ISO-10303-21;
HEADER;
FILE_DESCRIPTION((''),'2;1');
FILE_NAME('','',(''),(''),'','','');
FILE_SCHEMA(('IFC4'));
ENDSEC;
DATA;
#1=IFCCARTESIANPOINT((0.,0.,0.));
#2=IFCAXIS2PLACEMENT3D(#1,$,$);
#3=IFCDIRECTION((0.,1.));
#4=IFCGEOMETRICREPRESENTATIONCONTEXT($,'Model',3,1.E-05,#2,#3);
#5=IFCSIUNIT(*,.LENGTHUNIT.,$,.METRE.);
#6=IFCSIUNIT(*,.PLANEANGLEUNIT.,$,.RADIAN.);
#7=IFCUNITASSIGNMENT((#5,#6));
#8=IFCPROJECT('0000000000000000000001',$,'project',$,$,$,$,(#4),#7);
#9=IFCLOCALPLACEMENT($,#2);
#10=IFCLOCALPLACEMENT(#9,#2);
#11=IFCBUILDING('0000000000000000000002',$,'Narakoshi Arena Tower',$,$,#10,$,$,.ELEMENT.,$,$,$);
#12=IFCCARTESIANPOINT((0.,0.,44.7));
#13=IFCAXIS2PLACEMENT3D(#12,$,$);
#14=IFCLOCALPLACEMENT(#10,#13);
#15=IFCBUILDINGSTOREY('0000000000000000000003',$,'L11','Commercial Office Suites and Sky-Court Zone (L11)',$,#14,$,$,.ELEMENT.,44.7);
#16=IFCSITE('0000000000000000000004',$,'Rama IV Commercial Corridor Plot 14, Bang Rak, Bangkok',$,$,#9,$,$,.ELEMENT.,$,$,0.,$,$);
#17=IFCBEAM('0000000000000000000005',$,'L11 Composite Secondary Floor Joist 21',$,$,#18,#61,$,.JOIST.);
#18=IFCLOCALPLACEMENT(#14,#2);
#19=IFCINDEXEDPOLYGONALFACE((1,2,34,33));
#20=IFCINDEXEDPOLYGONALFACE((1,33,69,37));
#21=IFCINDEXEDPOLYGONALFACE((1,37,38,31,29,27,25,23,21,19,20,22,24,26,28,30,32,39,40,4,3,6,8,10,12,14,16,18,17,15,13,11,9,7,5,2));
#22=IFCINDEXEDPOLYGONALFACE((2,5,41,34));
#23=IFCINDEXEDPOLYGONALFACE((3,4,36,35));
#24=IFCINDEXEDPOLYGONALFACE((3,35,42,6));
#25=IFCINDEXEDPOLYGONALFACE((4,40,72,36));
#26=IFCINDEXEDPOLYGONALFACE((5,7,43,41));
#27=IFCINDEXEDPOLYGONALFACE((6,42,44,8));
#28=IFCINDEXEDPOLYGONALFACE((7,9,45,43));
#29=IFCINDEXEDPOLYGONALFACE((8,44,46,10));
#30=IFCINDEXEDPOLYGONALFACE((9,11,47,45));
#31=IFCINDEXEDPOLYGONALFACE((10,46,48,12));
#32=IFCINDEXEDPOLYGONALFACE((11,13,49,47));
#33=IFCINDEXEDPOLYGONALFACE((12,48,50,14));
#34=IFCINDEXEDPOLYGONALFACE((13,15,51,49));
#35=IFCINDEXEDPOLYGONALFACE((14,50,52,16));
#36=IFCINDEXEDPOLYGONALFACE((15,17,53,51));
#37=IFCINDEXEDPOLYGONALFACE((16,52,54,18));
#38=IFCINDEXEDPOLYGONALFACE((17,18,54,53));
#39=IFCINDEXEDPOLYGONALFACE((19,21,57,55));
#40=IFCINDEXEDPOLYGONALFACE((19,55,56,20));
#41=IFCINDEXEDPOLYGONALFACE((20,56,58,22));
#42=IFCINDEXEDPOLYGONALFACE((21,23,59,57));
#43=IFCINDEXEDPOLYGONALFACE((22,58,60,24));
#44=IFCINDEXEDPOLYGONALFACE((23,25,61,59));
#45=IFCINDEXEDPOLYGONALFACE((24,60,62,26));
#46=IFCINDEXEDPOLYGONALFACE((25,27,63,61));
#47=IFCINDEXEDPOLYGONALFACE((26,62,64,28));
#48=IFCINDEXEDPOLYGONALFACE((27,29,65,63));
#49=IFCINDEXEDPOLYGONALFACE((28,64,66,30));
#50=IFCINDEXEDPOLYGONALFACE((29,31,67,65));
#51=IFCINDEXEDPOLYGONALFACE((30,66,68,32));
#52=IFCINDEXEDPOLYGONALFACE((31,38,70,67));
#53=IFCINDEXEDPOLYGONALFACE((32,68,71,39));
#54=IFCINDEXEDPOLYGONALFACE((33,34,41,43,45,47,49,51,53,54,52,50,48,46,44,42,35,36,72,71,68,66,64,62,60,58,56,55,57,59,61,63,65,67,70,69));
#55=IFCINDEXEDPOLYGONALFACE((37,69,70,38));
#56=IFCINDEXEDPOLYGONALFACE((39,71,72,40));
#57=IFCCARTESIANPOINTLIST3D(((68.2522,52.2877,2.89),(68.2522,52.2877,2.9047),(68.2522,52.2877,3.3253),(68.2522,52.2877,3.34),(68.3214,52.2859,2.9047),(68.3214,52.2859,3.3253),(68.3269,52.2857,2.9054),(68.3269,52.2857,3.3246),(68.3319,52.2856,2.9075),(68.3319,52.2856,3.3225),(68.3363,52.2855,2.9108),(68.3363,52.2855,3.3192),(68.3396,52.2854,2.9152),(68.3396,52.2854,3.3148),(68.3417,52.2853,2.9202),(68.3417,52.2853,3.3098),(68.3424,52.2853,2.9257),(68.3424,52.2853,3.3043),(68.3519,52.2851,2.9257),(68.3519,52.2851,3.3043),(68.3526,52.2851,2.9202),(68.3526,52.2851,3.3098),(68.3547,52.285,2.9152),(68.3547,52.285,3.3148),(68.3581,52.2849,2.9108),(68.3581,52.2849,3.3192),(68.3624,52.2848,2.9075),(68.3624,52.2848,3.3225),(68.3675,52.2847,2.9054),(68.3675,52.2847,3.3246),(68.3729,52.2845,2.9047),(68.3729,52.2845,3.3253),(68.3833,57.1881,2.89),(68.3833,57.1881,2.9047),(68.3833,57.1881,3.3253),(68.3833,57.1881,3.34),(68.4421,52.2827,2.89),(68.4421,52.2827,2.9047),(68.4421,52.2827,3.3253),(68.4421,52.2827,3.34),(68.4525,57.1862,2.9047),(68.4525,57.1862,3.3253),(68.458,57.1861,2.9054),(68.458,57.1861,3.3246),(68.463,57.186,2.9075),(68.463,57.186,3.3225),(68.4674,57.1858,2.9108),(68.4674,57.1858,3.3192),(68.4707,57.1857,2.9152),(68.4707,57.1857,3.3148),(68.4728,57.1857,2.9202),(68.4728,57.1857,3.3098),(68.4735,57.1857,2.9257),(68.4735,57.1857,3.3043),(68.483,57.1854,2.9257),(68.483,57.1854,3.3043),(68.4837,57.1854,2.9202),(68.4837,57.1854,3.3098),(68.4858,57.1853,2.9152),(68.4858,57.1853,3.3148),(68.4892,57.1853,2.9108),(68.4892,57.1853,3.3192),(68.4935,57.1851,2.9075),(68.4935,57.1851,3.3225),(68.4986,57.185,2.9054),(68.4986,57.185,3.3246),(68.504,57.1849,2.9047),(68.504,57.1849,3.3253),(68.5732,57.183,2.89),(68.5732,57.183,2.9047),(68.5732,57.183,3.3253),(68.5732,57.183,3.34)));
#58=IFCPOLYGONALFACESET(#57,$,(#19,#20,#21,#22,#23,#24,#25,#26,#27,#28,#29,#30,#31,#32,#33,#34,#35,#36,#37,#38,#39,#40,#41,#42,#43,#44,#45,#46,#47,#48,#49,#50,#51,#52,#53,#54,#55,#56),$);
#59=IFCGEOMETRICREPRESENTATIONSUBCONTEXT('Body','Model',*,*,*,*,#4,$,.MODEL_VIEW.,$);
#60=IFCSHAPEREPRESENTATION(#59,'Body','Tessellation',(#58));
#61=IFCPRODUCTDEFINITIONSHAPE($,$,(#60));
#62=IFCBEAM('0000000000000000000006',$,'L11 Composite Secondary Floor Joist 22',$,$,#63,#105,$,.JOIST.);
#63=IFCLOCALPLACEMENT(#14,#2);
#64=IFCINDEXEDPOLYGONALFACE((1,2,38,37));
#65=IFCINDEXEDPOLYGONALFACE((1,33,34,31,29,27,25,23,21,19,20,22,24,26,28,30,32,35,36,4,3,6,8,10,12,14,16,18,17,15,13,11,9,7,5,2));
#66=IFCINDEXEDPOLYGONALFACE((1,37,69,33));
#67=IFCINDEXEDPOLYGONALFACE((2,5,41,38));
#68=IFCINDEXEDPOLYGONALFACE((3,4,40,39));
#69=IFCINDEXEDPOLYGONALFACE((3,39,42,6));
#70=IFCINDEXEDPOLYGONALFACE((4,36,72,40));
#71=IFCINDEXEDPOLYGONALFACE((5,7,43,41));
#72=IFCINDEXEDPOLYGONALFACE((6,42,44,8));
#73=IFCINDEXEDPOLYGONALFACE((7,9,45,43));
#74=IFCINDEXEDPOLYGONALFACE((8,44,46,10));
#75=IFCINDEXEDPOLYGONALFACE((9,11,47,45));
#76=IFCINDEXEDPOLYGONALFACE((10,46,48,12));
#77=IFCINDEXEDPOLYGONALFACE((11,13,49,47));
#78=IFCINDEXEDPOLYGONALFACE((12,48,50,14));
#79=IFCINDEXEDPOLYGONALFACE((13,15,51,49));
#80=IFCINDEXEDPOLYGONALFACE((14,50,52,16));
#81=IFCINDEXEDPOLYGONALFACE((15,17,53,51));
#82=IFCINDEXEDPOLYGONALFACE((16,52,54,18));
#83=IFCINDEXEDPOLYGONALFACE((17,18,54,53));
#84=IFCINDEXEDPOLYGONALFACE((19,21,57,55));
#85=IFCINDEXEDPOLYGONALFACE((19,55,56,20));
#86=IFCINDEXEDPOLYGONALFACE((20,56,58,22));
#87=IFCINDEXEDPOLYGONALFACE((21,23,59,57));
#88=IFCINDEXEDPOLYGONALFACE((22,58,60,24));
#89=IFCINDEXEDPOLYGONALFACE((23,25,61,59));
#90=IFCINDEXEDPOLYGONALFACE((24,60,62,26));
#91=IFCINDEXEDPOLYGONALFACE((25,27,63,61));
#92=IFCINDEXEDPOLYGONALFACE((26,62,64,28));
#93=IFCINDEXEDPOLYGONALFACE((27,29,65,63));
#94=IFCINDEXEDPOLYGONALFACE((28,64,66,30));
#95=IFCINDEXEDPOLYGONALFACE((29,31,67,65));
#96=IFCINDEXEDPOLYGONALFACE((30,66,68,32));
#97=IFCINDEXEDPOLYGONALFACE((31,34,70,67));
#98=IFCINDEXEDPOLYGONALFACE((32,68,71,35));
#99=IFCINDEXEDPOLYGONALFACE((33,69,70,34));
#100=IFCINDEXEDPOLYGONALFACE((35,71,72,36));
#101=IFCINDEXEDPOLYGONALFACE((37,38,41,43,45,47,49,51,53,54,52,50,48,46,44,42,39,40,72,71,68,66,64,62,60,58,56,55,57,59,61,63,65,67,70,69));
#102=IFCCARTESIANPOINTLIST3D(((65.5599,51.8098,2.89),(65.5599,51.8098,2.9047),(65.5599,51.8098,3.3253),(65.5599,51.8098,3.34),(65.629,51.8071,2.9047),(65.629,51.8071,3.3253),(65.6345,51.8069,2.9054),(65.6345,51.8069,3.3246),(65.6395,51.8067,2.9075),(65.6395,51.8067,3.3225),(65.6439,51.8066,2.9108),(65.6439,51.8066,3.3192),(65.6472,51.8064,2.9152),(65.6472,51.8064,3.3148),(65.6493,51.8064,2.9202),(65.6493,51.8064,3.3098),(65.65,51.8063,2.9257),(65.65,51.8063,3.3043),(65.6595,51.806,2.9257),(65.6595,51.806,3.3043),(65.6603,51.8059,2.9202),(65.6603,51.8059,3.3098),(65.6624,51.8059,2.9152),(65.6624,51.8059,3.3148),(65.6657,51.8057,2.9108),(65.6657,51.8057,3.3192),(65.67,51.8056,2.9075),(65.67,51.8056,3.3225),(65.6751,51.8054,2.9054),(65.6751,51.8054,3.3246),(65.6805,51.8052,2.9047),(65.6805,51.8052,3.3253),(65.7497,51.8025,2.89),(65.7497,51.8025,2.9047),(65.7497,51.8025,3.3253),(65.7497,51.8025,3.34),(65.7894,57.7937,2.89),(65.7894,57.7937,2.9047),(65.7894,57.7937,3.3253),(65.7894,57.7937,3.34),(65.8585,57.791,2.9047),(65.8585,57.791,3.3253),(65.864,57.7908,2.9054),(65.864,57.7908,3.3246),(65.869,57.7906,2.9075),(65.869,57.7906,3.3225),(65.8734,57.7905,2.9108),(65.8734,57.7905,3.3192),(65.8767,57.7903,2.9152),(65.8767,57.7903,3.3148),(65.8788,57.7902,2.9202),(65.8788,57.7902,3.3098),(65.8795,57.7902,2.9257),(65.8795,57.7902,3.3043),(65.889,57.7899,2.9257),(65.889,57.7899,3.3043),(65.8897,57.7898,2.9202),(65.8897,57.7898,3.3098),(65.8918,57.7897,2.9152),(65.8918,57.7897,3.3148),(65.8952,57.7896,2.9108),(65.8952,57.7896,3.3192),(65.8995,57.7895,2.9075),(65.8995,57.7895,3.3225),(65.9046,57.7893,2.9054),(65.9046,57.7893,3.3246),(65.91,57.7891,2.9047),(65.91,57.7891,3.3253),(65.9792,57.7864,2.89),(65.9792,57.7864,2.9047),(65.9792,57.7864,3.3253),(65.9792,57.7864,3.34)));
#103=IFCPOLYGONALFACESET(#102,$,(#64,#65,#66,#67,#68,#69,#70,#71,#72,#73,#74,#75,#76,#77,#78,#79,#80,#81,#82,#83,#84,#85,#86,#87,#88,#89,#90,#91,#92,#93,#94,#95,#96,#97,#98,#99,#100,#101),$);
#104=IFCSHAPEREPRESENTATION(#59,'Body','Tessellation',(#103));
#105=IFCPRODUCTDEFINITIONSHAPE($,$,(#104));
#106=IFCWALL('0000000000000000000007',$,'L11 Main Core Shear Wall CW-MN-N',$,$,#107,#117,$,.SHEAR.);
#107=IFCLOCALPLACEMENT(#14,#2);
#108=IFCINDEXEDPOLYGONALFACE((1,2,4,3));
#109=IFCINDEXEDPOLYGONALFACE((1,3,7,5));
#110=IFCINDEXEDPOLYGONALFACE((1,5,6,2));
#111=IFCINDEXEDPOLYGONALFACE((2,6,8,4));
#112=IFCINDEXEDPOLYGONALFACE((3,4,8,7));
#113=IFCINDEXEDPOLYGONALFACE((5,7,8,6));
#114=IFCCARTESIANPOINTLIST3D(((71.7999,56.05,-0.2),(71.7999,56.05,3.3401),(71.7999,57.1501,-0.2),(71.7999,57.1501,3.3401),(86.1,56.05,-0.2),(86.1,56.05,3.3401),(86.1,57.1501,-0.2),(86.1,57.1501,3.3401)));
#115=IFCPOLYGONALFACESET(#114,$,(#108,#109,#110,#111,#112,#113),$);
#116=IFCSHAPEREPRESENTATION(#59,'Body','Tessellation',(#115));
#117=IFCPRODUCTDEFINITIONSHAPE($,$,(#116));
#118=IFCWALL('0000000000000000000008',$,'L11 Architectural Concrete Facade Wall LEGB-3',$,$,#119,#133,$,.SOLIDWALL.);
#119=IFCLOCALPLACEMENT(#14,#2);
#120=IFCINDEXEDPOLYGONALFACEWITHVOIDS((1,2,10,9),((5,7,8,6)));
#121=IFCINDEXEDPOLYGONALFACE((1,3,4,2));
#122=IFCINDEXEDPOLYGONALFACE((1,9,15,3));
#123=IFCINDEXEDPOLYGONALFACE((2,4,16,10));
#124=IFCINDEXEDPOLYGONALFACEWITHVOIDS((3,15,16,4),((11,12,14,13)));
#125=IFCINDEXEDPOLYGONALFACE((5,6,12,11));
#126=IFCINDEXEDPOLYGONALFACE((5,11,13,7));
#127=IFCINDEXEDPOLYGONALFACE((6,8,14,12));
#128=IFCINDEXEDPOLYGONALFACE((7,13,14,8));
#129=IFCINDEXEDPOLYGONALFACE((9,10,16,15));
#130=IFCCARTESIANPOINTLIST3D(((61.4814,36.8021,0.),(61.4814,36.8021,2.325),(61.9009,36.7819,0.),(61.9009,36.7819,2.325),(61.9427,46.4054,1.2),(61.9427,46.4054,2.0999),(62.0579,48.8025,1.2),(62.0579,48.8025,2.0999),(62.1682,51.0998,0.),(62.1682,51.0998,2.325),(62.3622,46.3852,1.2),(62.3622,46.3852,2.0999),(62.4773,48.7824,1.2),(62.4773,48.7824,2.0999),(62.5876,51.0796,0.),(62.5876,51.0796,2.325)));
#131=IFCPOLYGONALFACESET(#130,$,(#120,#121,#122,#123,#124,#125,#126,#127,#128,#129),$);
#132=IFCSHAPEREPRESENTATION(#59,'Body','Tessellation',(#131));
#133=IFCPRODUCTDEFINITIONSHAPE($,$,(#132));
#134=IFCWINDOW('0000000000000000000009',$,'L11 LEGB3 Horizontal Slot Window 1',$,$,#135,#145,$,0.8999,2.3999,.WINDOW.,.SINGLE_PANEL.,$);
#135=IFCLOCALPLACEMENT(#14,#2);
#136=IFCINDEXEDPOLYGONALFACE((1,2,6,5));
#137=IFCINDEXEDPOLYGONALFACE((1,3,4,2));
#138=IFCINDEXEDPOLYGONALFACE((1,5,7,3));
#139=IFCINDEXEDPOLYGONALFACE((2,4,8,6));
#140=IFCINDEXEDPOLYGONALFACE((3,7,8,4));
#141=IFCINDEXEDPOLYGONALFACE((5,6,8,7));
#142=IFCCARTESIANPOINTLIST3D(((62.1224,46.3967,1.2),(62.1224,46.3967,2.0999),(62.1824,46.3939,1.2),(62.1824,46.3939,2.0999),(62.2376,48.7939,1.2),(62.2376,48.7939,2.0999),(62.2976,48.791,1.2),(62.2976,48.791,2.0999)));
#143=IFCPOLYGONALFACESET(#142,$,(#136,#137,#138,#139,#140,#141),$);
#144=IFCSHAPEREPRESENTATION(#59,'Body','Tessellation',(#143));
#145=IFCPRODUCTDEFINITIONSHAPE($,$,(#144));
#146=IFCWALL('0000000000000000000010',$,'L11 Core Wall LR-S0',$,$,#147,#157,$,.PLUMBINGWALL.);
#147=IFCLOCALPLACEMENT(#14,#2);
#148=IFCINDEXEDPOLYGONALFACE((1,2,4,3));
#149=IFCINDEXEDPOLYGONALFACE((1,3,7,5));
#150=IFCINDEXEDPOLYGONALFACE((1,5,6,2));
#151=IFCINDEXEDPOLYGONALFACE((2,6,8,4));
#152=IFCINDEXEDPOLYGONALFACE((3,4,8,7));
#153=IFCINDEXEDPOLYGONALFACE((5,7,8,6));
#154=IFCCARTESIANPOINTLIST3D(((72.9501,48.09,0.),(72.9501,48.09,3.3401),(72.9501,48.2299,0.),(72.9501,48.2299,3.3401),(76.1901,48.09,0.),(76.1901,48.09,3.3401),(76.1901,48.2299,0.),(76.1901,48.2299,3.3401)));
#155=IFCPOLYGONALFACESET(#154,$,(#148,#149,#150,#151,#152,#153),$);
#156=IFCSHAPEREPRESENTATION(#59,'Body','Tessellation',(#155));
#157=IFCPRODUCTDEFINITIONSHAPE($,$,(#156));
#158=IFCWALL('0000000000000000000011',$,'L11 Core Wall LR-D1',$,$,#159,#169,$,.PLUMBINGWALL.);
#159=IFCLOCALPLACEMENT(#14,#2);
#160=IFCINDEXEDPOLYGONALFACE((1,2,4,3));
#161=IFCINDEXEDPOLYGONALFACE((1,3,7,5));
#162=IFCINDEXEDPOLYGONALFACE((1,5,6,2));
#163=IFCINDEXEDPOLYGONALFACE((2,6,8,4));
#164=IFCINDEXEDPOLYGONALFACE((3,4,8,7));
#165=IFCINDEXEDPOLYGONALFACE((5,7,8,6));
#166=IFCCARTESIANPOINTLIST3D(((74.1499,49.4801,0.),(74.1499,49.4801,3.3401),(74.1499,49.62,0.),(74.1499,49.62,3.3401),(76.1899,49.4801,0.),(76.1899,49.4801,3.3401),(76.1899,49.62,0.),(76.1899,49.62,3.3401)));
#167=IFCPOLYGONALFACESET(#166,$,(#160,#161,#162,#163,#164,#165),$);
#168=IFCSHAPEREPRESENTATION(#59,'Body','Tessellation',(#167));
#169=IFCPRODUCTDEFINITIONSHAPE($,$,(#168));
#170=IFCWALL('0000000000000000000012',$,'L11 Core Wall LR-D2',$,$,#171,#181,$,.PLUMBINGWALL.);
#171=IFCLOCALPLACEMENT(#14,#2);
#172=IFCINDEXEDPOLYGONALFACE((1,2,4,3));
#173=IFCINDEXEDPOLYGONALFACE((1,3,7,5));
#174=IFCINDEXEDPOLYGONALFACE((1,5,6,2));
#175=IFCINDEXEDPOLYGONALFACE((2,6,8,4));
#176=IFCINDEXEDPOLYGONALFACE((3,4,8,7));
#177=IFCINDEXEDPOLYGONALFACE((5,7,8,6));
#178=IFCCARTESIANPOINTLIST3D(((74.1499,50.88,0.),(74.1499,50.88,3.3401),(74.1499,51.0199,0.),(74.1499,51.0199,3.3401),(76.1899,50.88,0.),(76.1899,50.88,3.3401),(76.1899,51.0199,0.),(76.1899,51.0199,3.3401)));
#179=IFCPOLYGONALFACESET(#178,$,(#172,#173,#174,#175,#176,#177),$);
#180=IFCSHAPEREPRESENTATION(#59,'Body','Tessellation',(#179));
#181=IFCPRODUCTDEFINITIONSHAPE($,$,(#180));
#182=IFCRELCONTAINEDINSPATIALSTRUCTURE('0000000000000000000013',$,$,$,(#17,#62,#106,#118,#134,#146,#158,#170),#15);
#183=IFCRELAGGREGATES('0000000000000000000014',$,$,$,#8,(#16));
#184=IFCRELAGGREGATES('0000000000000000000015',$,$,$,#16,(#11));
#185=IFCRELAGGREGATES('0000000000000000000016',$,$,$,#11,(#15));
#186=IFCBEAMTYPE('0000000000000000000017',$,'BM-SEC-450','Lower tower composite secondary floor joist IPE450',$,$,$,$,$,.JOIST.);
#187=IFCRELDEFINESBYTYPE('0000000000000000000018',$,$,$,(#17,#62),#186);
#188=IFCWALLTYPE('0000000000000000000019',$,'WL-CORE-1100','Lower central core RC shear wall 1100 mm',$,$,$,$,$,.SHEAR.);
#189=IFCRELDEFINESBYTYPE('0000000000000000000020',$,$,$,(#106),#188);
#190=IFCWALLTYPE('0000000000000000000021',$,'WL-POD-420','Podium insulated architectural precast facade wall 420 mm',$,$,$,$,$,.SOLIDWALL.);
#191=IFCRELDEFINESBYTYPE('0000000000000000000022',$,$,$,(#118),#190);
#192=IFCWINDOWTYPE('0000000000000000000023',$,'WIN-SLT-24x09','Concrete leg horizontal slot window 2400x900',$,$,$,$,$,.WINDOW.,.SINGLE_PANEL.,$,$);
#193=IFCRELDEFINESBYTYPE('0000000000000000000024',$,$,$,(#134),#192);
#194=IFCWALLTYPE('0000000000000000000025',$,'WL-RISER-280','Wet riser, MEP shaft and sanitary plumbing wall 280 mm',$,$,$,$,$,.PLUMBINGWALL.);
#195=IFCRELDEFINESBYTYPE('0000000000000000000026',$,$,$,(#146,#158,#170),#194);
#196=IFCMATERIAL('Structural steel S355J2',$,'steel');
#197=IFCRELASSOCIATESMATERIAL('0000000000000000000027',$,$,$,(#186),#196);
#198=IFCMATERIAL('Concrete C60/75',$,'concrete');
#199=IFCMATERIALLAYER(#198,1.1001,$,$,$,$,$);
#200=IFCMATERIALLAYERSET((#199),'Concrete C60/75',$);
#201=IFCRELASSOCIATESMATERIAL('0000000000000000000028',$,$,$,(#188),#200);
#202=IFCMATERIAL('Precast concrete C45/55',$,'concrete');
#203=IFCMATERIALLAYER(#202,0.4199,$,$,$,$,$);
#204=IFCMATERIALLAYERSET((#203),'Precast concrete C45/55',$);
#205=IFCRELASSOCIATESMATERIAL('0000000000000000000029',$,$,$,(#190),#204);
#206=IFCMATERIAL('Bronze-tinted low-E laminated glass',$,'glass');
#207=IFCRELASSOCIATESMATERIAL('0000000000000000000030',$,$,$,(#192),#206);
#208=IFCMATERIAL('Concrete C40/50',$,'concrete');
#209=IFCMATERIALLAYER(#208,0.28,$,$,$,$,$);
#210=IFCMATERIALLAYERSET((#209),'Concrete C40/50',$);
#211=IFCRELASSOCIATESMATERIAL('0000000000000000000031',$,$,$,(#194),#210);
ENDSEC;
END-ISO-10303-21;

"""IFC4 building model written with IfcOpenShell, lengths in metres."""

from ifc_helpers import new_model, si_unit, direction, frame, frame_2d, origin, origin_2d, place, context, subcontext, project, spatial, rectangle, i_section, extrude, material, layer, layer_set, material_profile, profile_set, type_object, element, fill, save


model = new_model("IFC4")

# Units and contexts
model_context = context("Model", 3, precision=1e-05, world=origin(), true_north=direction((0.0, 1.0)))
body_context = subcontext(model_context, "Body", "Model", "MODEL_VIEW")
ifc_project = project(units=[si_unit("LENGTHUNIT", "METRE"), si_unit("PLANEANGLEUNIT", "RADIAN")], contexts=[model_context])

# Site, building, storey
site_placement = place(None, origin())
site = spatial("IfcSite", under=ifc_project, at=site_placement, Name="Rama IV Commercial Corridor Plot 14, Bang Rak, Bangkok", CompositionType="ELEMENT", RefElevation=0.0)
building_placement = place(site_placement, origin())
building = spatial("IfcBuilding", under=site, at=building_placement, Name="Narakoshi Arena Tower", CompositionType="ELEMENT")
storey_placement = place(building_placement, frame((0.0, 0.0, 44.7)))
storey = spatial("IfcBuildingStorey", under=building, at=storey_placement, Name="L11", Description="Commercial Office Suites and Sky-Court Zone (L11)", CompositionType="ELEMENT", Elevation=44.7)

# Shared definitions
ifc_material_1 = material(Name="Concrete C60/75", Category="concrete")

# Beams
ifc_material_2 = material(Name="Structural steel S355J2", Category="steel")
ifc_material_profile_1 = material_profile(ifc_material_2, i_section(OverallWidth=0.1899, OverallDepth=0.45, WebThickness=0.0095, FlangeThickness=0.0146, FilletRadius=0.021, at=origin_2d()), Name="IPE450")
ifc_profile_set_1 = profile_set([ifc_material_profile_1], Name="Structural steel S355J2")
beam_type_1 = type_object("IfcBeamType", Name="BM-SEC-450", Description="Lower tower composite secondary floor joist IPE450", PredefinedType="JOIST", material=ifc_profile_set_1)
beam_1_placement = place(storey_placement, frame((68.4783, 57.1855, 3.115), z_axis=(-0.026744, -0.999642, 0.0), x_axis=(0.999642, -0.026744, 0.0)))
element("IfcBeam", 1, at=beam_1_placement, inside=storey, type_object=beam_type_1, Name="L11 Composite Secondary Floor Joist 21", PredefinedType="JOIST", context=body_context, shape_type="SweptSolid", body=[
    extrude(i_section(OverallWidth=0.1899, OverallDepth=0.45, WebThickness=0.0095, FlangeThickness=0.0146, FilletRadius=0.021, at=origin_2d()), origin(), (0.0, 0.0, 1.0), 4.9021),
])
beam_2_placement = place(storey_placement, frame((65.8843, 57.79, 3.115), z_axis=(-0.038324, -0.999265, 0.0), x_axis=(0.999265, -0.038324, 0.0)))
element("IfcBeam", 2, at=beam_2_placement, inside=storey, type_object=beam_type_1, Name="L11 Composite Secondary Floor Joist 22", PredefinedType="JOIST", context=body_context, shape_type="SweptSolid", body=[
    extrude(i_section(OverallWidth=0.1899, OverallDepth=0.45, WebThickness=0.0095, FlangeThickness=0.0146, FilletRadius=0.021, at=origin_2d()), origin(), (0.0, 0.0, 1.0), 5.9883),
])

# Wall
ifc_layer_1 = layer(ifc_material_1, 1.1001)
ifc_layer_set_1 = layer_set([ifc_layer_1], Name="Concrete C60/75")
wall_type_1 = type_object("IfcWallType", Name="WL-CORE-1100", Description="Lower central core RC shear wall 1100 mm", PredefinedType="SHEAR", material=ifc_layer_set_1)
wall_1_placement = place(storey_placement, frame((71.8, 56.6001, -0.2), z_axis=(0.0, 0.0, 1.0), x_axis=(1.0, 0.0, 0.0)))
element("IfcWall", 3, at=wall_1_placement, inside=storey, type_object=wall_type_1, Name="L11 Main Core Shear Wall CW-MN-N", PredefinedType="SHEAR", context=body_context, shape_type="SweptSolid", body=[
    extrude(rectangle(XDim=14.3, YDim=1.1001, at=frame_2d((7.1499, 0.0))), origin(), (0.0, 0.0, 1.0), 3.54),
])

# Wall, opening, window
ifc_material_3 = material(Name="Precast concrete C45/55", Category="concrete")
ifc_layer_2 = layer(ifc_material_3, 0.4199)
ifc_layer_set_2 = layer_set([ifc_layer_2], Name="Precast concrete C45/55")
wall_type_2 = type_object("IfcWallType", Name="WL-POD-420", Description="Podium insulated architectural precast facade wall 420 mm", PredefinedType="SOLIDWALL", material=ifc_layer_set_2)
wall_2_placement = place(storey_placement, frame((62.3779, 51.0898, 0.0), z_axis=(0.0, 0.0, 1.0), x_axis=(-0.047978, -0.998848, 0.0)))
wall_2 = element("IfcWall", 4, at=wall_2_placement, inside=storey, type_object=wall_type_2, Name="L11 Architectural Concrete Facade Wall LEGB-3", PredefinedType="SOLIDWALL", context=body_context, shape_type="SweptSolid", body=[
    extrude(rectangle(XDim=14.3142, YDim=0.4199, at=frame_2d((7.1572, 0.0))), origin(), (0.0, 0.0, 1.0), 2.325),
])
opening_placement = place(wall_2_placement, frame((2.3, 0.0, 1.2)))
opening = element("IfcOpeningElement", 5, at=opening_placement, cuts=wall_2, PredefinedType="OPENING", context=body_context, shape_type="SweptSolid", body=[
    extrude(rectangle(XDim=2.3999, YDim=0.8999, at=frame_2d((1.2, 0.45))), frame((0.0, 0.22, 0.0), z_axis=(0.0, -1.0, 0.0), x_axis=(1.0, 0.0, 0.0)), (0.0, 0.0, 1.0), 0.4399),
])
ifc_material_4 = material(Name="Bronze-tinted low-E laminated glass", Category="glass")
window_type = type_object("IfcWindowType", Name="WIN-SLT-24x09", Description="Concrete leg horizontal slot window 2400x900", PartitioningType="SINGLE_PANEL", PredefinedType="WINDOW", material=ifc_material_4)
window_placement = place(opening_placement, origin())
window = element("IfcWindow", 6, at=window_placement, inside=storey, type_object=window_type, Name="L11 LEGB3 Horizontal Slot Window 1", OverallHeight=0.8999, OverallWidth=2.3999, PartitioningType="SINGLE_PANEL", PredefinedType="WINDOW", context=body_context, shape_type="SweptSolid", body=[
    extrude(rectangle(XDim=2.3999, YDim=0.8999, at=frame_2d((1.2, 0.45))), frame((0.0, 0.03, 0.0), z_axis=(0.0, -1.0, 0.0), x_axis=(1.0, 0.0, 0.0)), (0.0, 0.0, 1.0), 0.0601),
])
fill(opening, window)

# Walls
ifc_material_5 = material(Name="Concrete C40/50", Category="concrete")
ifc_layer_3 = layer(ifc_material_5, 0.28)
ifc_layer_set_3 = layer_set([ifc_layer_3], Name="Concrete C40/50")
wall_type_3 = type_object("IfcWallType", Name="WL-RISER-280", Description="Wet riser, MEP shaft and sanitary plumbing wall 280 mm", PredefinedType="PLUMBINGWALL", material=ifc_layer_set_3)
wall_3_placement = place(storey_placement, frame((72.95, 48.1599, 0.0), z_axis=(0.0, 0.0, 1.0), x_axis=(1.0, 0.0, 0.0)))
element("IfcWall", 7, at=wall_3_placement, inside=storey, type_object=wall_type_3, Name="L11 Core Wall LR-S0", PredefinedType="PLUMBINGWALL", context=body_context, shape_type="SweptSolid", body=[
    extrude(rectangle(XDim=3.24, YDim=0.1399, at=frame_2d((1.6201, 0.0))), origin(), (0.0, 0.0, 1.0), 3.3401),
])
for number, where, z_axis, x_axis, name in (
    (8, (74.1499, 49.55, 0.0), (0.0, 0.0, 1.0), (1.0, 0.0, 0.0), "L11 Core Wall LR-D1"),
    (9, (74.1499, 50.95, 0.0), (0.0, 0.0, 1.0), (1.0, 0.0, 0.0), "L11 Core Wall LR-D2"),
):
    element("IfcWall", number, at=place(storey_placement, frame(where, z_axis=z_axis, x_axis=x_axis)), inside=storey, type_object=wall_type_3, Name=name, PredefinedType="PLUMBINGWALL", context=body_context, shape_type="SweptSolid", body=[
        extrude(rectangle(XDim=2.04, YDim=0.1399, at=frame_2d((1.02, 0.0))), origin(), (0.0, 0.0, 1.0), 3.3401),
    ])

save(model, "model.ifc")
